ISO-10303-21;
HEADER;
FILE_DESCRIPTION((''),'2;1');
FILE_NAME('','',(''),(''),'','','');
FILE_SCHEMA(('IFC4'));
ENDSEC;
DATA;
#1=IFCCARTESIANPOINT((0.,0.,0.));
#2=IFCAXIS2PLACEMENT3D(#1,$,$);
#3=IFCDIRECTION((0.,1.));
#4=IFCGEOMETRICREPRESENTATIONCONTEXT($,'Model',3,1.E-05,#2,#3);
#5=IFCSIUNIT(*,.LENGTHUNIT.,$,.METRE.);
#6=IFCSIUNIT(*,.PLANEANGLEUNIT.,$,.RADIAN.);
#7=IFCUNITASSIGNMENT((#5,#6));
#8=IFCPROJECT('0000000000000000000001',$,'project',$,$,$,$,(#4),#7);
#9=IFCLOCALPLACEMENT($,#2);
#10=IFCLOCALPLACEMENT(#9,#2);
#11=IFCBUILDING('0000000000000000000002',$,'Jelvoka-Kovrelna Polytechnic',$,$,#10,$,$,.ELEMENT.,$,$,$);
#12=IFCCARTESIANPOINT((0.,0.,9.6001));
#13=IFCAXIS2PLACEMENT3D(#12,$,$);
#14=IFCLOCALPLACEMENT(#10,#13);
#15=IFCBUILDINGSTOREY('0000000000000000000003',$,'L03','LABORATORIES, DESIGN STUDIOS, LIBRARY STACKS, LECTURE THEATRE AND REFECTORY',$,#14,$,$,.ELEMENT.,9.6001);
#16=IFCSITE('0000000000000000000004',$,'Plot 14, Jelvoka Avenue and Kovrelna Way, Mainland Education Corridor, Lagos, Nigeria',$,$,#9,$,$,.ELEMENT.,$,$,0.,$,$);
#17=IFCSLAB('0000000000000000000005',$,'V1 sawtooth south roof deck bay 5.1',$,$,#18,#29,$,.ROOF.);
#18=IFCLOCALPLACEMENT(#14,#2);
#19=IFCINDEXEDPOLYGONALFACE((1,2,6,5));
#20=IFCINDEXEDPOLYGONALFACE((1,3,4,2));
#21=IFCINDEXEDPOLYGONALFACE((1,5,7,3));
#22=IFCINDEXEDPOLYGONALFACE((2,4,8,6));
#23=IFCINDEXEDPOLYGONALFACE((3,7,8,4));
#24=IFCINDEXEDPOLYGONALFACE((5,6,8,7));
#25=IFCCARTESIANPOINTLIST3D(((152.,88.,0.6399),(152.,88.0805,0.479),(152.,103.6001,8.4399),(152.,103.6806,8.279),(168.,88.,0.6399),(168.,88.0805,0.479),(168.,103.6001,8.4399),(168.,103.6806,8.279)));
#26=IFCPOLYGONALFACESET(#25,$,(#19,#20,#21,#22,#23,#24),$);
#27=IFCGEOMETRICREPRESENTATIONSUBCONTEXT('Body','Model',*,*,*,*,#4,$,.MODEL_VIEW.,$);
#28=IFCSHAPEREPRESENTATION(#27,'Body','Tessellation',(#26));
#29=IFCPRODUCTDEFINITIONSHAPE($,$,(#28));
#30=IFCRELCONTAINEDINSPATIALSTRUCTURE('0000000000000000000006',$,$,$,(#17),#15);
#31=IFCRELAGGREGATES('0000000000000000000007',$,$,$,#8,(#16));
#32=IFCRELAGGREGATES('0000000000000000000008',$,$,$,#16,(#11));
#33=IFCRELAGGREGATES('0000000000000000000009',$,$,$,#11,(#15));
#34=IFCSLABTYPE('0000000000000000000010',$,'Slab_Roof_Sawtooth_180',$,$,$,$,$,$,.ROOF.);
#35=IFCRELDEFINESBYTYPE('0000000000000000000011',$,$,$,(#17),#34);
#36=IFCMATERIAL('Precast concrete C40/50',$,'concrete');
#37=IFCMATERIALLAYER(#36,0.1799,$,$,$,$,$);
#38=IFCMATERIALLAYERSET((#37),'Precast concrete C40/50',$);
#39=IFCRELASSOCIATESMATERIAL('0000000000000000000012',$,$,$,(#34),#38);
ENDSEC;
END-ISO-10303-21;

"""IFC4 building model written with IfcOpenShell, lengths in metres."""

from ifc_helpers import new_model, si_unit, direction, frame, origin, place, context, subcontext, project, spatial, polyline, outline, extrude, material, layer, layer_set, type_object, element, save


model = new_model("IFC4")

# Units and contexts
model_context = context("Model", 3, precision=1e-05, world=origin(), true_north=direction((0.0, 1.0)))
body_context = subcontext(model_context, "Body", "Model", "MODEL_VIEW")
ifc_project = project(units=[si_unit("LENGTHUNIT", "METRE"), si_unit("PLANEANGLEUNIT", "RADIAN")], contexts=[model_context])

# Site, building, storey
site_placement = place(None, origin())
site = spatial("IfcSite", under=ifc_project, at=site_placement, Name="Plot 14, Jelvoka Avenue and Kovrelna Way, Mainland Education Corridor, Lagos, Nigeria", CompositionType="ELEMENT", RefElevation=0.0)
building_placement = place(site_placement, origin())
building = spatial("IfcBuilding", under=site, at=building_placement, Name="Jelvoka-Kovrelna Polytechnic", CompositionType="ELEMENT")
storey_placement = place(building_placement, frame((0.0, 0.0, 9.6001)))
storey = spatial("IfcBuildingStorey", under=building, at=storey_placement, Name="L03", Description="LABORATORIES, DESIGN STUDIOS, LIBRARY STACKS, LECTURE THEATRE AND REFECTORY", CompositionType="ELEMENT", Elevation=9.6001)

# Slab
ifc_material_1 = material(Name="Precast concrete C40/50", Category="concrete")
ifc_layer_1 = layer(ifc_material_1, 0.1799)
ifc_layer_set_1 = layer_set([ifc_layer_1], Name="Precast concrete C40/50")
slab_type = type_object("IfcSlabType", Name="Slab_Roof_Sawtooth_180", PredefinedType="ROOF", material=ifc_layer_set_1)
slab_placement = place(storey_placement, frame((152.0, 88.0, 0.6399), z_axis=(0.0, -0.447214, 0.894427), x_axis=(1.0, 0.0, 0.0)))
element("IfcSlab", 1, at=slab_placement, inside=storey, type_object=slab_type, Name="V1 sawtooth south roof deck bay 5.1", PredefinedType="ROOF", context=body_context, shape_type="SweptSolid", body=[
    extrude(outline(polyline([(0.0, 0.0), (16.0, 0.0), (16.0, 17.4414), (0.0, 17.4414), (0.0, 0.0)])), origin(), (0.0, 0.0, -1.0), 0.1799),
])

save(model, "model.ifc")
